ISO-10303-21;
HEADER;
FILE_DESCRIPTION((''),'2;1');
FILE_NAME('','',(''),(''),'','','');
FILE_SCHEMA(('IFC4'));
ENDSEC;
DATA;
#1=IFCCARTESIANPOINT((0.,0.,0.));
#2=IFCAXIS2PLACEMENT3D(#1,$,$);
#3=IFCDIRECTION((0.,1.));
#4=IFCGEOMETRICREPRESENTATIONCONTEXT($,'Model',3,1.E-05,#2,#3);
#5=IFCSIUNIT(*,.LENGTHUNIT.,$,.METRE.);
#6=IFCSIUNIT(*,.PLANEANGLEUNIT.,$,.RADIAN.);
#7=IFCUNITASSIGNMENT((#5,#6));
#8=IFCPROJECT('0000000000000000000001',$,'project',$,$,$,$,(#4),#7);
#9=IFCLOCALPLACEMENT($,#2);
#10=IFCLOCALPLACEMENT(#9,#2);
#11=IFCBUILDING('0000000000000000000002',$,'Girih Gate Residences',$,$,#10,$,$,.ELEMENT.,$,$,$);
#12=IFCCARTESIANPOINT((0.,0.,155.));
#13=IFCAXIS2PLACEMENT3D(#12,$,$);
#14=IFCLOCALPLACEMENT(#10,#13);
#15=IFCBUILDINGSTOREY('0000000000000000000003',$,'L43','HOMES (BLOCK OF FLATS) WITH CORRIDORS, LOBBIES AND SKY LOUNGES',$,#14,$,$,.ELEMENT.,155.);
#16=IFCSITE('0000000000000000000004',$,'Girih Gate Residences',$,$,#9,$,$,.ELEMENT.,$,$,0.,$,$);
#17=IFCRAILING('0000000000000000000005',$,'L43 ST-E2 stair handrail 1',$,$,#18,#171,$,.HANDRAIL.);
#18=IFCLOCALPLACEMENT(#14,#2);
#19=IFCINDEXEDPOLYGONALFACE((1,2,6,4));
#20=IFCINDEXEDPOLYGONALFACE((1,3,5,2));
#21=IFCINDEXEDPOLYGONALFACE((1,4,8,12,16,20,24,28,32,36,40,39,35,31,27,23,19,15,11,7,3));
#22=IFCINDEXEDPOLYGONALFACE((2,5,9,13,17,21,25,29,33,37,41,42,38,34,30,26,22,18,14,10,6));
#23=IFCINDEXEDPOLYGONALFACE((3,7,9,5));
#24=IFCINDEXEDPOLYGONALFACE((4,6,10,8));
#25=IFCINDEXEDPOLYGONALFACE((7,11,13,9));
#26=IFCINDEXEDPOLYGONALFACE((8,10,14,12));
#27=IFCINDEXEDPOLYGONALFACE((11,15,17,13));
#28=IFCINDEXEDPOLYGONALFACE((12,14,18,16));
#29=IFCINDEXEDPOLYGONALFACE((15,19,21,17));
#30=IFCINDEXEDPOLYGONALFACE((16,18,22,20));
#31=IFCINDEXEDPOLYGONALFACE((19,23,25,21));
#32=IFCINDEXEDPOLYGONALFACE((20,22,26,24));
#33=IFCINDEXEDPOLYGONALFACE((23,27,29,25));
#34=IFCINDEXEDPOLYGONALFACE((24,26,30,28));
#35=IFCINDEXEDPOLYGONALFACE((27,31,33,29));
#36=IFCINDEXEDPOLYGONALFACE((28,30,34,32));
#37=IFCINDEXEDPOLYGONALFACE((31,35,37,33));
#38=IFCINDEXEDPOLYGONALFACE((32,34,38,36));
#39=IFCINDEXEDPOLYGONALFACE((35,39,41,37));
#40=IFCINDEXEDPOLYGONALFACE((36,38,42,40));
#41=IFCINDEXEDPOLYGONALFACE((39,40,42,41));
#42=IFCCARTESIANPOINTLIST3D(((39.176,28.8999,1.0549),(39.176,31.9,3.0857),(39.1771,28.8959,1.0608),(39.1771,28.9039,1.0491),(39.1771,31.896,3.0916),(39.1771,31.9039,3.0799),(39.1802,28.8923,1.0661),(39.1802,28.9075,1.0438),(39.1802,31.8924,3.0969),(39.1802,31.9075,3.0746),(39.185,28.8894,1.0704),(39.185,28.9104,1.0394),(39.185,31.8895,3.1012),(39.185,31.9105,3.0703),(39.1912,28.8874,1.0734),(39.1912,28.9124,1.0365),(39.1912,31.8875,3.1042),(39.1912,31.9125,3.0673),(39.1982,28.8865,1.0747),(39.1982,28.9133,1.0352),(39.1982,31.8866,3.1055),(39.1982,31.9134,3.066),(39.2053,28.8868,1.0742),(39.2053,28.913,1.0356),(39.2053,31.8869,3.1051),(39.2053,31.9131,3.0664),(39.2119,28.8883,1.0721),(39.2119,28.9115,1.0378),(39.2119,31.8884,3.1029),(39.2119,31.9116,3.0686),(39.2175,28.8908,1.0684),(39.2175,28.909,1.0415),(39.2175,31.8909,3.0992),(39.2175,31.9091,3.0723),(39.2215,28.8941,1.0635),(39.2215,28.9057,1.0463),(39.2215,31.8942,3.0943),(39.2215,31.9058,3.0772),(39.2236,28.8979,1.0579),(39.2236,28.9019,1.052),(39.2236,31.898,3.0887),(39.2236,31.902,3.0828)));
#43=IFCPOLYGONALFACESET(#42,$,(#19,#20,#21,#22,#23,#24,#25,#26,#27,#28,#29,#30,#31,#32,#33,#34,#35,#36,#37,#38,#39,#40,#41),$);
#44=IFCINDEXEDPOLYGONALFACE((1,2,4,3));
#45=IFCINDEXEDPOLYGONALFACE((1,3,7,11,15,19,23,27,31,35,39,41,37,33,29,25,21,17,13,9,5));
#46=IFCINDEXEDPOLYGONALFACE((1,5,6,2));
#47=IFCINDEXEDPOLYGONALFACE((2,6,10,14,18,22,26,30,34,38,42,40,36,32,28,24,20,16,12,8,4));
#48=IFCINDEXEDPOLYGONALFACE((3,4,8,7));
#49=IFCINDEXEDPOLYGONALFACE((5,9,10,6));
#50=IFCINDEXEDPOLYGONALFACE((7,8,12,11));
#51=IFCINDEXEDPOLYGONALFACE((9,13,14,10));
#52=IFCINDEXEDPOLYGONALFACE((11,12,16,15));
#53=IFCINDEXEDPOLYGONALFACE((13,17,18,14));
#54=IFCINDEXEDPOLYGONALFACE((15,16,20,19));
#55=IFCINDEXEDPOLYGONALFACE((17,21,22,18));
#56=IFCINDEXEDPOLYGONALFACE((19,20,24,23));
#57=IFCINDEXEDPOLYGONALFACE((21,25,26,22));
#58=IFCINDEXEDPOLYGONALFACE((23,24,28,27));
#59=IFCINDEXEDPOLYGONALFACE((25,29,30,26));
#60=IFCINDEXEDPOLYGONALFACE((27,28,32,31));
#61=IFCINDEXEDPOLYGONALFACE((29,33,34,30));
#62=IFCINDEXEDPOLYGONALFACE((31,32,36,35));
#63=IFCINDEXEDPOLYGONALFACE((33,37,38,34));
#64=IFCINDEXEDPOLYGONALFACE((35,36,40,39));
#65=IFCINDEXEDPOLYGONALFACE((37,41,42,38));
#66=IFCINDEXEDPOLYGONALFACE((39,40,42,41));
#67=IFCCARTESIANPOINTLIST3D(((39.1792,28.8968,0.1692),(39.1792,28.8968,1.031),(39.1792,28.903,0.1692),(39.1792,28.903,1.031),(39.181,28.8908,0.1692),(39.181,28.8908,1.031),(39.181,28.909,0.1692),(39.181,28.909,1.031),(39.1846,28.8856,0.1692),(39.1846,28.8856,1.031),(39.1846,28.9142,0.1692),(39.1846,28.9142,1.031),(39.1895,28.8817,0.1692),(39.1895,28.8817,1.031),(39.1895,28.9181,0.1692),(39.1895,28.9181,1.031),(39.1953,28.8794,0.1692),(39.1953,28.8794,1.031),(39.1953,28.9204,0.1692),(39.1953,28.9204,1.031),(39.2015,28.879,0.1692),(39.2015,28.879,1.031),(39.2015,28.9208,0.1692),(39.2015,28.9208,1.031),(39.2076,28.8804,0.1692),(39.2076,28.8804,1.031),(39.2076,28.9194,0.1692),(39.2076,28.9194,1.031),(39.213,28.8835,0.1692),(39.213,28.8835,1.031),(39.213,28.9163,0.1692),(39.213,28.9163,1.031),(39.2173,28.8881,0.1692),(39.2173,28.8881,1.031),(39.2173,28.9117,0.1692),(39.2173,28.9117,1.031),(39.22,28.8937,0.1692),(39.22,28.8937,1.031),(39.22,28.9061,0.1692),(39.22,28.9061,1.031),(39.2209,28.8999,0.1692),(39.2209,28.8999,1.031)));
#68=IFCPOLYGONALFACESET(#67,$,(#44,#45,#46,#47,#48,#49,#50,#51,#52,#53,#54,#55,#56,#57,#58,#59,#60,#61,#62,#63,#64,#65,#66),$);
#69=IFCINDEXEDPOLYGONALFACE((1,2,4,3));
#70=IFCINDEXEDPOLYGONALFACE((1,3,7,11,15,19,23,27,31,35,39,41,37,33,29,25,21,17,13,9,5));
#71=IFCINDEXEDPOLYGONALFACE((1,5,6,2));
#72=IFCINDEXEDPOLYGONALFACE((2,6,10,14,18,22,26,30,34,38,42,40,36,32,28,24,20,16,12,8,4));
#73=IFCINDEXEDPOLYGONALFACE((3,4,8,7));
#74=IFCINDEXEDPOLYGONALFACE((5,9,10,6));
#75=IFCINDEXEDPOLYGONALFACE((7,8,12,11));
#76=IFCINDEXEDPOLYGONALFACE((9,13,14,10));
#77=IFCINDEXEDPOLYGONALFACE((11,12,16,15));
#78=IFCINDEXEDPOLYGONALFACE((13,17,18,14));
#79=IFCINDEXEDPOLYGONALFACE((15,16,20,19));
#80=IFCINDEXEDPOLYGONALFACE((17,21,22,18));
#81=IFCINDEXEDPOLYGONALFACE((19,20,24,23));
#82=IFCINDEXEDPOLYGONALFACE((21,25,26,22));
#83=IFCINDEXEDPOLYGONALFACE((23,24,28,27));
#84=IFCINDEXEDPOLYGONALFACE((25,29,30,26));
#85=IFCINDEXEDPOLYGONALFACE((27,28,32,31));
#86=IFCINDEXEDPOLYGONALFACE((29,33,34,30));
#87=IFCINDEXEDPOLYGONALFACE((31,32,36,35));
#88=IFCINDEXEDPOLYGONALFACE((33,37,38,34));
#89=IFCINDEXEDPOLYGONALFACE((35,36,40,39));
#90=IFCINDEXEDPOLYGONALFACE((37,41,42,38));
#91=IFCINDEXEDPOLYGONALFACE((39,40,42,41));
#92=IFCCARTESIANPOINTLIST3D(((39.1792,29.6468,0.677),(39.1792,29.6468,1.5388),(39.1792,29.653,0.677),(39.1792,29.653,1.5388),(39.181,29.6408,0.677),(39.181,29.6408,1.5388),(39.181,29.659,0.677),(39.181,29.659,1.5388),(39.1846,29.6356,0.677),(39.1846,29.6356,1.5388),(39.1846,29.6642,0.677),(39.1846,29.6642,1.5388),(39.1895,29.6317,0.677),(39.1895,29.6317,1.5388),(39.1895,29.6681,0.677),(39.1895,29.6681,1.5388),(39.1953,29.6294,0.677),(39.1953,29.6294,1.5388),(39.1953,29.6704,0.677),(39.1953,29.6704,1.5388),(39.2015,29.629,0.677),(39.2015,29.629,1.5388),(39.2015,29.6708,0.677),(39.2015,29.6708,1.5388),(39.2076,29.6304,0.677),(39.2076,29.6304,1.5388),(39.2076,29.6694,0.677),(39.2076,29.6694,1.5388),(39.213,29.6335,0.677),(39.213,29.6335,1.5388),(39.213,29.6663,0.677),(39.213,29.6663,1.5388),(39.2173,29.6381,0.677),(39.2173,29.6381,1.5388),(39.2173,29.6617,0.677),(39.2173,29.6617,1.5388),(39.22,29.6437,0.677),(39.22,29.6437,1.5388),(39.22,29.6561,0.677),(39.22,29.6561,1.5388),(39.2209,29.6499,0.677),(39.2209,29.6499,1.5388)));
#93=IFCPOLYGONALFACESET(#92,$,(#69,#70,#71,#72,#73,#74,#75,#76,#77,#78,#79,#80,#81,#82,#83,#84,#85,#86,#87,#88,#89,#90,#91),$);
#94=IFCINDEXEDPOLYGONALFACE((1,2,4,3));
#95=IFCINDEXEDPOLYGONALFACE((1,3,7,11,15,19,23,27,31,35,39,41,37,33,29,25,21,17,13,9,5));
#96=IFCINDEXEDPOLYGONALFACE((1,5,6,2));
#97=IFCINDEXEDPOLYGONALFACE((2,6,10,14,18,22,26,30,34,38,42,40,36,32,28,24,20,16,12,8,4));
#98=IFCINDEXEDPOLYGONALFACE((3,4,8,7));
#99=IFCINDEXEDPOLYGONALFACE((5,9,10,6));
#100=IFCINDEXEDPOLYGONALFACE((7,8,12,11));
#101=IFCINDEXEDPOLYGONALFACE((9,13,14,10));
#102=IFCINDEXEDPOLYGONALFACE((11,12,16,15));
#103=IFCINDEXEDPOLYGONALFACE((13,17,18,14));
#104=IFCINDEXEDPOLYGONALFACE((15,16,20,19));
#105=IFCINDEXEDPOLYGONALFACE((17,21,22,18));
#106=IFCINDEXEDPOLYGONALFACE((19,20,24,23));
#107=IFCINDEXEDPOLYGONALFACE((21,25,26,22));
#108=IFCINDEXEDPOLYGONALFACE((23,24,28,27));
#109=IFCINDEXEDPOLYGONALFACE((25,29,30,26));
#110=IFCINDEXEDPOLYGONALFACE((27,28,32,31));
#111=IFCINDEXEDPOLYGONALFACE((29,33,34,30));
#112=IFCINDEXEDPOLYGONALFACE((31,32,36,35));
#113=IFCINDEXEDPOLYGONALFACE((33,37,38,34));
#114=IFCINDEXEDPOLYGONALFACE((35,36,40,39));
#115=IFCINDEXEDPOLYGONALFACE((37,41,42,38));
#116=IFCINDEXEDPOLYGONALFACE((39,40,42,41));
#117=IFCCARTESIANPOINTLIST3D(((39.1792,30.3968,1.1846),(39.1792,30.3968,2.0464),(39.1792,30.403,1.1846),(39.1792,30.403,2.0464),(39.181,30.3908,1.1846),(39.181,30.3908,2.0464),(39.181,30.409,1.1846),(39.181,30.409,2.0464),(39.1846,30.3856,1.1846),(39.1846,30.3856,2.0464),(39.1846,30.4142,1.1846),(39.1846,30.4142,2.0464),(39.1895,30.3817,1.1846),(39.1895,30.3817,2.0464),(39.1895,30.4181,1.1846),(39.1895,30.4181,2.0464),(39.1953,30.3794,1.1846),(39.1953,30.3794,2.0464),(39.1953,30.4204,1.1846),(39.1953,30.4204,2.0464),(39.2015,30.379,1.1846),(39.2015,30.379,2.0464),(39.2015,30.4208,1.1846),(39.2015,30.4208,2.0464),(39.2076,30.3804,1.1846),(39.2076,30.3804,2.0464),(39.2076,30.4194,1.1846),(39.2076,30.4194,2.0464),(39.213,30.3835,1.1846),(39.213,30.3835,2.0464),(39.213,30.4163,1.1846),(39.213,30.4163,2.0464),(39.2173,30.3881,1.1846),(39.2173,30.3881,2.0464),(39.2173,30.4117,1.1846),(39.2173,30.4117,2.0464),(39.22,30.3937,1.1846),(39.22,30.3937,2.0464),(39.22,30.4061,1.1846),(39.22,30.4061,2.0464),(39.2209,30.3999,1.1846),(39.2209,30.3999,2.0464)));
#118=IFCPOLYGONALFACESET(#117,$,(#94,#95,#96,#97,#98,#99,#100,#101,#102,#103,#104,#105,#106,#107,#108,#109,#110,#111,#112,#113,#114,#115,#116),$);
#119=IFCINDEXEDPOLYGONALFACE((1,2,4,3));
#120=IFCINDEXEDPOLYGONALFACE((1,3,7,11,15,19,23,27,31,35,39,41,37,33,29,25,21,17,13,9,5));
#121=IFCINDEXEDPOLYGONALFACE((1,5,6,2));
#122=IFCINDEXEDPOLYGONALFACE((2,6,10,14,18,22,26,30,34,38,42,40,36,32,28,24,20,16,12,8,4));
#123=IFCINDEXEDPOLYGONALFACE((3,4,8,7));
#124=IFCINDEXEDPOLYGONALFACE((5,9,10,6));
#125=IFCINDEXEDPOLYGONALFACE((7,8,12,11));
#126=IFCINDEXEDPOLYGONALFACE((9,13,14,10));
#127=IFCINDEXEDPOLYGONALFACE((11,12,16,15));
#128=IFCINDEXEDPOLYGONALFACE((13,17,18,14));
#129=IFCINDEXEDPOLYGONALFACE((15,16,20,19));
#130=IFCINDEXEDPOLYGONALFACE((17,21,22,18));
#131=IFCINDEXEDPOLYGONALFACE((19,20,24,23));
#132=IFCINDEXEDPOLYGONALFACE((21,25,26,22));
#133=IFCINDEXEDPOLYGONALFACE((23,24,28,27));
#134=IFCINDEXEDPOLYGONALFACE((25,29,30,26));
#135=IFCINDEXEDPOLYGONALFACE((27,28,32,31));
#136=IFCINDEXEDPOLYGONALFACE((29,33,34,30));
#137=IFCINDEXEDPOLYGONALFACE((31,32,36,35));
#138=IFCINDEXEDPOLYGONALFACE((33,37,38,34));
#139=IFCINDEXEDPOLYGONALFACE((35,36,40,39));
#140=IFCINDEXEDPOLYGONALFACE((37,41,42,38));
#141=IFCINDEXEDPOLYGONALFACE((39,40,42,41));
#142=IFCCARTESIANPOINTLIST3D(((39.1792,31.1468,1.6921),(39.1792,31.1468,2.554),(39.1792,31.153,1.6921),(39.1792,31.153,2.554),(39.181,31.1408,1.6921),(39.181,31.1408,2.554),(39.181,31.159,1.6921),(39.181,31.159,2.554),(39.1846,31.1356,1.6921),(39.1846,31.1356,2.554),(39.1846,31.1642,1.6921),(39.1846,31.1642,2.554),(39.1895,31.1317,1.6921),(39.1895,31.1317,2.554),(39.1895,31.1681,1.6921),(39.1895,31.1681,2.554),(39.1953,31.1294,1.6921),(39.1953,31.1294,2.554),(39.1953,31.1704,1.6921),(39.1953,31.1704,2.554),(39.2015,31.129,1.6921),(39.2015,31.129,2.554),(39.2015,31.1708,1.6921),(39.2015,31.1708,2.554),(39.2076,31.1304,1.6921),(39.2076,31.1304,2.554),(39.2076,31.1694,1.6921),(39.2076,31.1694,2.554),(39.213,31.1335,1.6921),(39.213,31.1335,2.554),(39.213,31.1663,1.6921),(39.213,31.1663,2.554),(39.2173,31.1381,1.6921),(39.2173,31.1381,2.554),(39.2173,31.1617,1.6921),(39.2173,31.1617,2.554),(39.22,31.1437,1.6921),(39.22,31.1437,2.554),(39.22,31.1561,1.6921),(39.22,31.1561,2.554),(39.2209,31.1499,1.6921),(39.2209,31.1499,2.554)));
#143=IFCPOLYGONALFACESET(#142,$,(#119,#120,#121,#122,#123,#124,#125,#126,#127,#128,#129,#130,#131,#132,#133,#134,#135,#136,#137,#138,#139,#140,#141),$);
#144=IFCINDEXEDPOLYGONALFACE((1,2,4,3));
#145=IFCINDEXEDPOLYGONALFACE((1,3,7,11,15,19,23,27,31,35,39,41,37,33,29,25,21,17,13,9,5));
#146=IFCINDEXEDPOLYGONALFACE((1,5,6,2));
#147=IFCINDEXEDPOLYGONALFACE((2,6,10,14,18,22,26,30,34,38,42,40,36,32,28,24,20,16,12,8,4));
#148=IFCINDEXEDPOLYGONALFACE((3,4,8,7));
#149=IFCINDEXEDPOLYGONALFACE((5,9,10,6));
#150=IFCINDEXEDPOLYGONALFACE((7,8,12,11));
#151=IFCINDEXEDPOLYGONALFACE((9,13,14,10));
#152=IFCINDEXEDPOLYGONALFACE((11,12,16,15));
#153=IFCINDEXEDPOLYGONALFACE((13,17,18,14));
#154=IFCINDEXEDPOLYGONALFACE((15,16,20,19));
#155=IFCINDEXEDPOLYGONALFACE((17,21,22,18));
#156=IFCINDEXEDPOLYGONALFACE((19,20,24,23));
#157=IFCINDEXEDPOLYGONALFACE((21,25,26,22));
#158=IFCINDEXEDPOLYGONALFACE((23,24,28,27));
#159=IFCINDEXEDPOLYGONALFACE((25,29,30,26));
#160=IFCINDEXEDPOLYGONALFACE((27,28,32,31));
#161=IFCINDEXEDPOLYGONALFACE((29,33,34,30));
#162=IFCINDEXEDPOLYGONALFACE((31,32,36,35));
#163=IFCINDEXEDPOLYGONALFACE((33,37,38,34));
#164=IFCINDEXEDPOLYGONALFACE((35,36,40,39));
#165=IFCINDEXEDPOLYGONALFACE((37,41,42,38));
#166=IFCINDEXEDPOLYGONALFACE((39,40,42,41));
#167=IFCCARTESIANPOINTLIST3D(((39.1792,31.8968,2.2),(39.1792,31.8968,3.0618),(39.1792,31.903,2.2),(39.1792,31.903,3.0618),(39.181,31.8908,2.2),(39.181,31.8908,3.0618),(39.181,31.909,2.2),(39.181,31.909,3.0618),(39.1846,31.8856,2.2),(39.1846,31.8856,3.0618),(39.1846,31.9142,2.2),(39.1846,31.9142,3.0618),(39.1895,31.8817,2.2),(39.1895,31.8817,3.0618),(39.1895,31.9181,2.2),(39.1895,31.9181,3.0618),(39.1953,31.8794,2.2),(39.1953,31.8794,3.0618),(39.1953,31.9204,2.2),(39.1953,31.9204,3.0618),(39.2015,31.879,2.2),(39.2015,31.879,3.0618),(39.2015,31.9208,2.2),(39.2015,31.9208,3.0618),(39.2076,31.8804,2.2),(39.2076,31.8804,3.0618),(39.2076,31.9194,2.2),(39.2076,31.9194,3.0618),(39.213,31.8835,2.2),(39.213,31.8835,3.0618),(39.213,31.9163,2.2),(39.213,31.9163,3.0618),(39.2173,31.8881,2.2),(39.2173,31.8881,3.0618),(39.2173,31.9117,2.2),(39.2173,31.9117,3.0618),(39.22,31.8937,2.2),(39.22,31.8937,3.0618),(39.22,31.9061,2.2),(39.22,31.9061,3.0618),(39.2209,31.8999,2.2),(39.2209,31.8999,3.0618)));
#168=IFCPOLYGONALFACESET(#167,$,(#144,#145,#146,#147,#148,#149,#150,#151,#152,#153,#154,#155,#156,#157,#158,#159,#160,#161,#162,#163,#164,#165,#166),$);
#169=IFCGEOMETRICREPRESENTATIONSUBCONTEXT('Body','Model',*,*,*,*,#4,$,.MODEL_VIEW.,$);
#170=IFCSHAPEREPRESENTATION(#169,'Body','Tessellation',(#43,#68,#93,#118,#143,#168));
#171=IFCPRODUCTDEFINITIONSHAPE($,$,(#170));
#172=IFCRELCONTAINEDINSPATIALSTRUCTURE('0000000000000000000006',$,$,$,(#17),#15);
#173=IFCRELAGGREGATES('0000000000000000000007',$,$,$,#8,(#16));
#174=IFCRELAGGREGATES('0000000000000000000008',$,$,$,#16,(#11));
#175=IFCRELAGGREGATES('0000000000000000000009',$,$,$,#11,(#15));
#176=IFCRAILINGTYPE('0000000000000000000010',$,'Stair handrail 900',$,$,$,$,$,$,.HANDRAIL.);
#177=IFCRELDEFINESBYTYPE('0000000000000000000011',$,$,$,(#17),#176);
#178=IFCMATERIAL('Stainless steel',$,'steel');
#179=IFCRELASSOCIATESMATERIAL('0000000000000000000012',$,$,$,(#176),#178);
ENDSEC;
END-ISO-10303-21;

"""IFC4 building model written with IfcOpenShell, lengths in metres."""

from ifc_helpers import new_model, si_unit, direction, frame, origin, origin_2d, place, context, subcontext, project, spatial, circle, extrude, material, type_object, element, save


model = new_model("IFC4")

# Units and contexts
model_context = context("Model", 3, precision=1e-05, world=origin(), true_north=direction((0.0, 1.0)))
body_context = subcontext(model_context, "Body", "Model", "MODEL_VIEW")
ifc_project = project(units=[si_unit("LENGTHUNIT", "METRE"), si_unit("PLANEANGLEUNIT", "RADIAN")], contexts=[model_context])

# Site, building, storey
site_placement = place(None, origin())
site = spatial("IfcSite", under=ifc_project, at=site_placement, Name="Girih Gate Residences", CompositionType="ELEMENT", RefElevation=0.0)
building_placement = place(site_placement, origin())
building = spatial("IfcBuilding", under=site, at=building_placement, Name="Girih Gate Residences", CompositionType="ELEMENT")
storey_placement = place(building_placement, frame((0.0, 0.0, 155.0)))
storey = spatial("IfcBuildingStorey", under=building, at=storey_placement, Name="L43", Description="HOMES (BLOCK OF FLATS) WITH CORRIDORS, LOBBIES AND SKY LOUNGES", CompositionType="ELEMENT", Elevation=155.0)

# Railing
ifc_material_1 = material(Name="Stainless steel", Category="steel")
railing_type_1 = type_object("IfcRailingType", Name="Stair handrail 900", PredefinedType="HANDRAIL", material=ifc_material_1)
railing_1_placement = place(storey_placement, frame((39.2, 28.8999, 0.1692)))
element("IfcRailing", 1, at=railing_1_placement, inside=storey, type_object=railing_type_1, Name="L43 ST-E2 stair handrail 1", PredefinedType="HANDRAIL", context=body_context, shape_type="SweptSolid", body=[
    extrude(circle(Radius=0.0239, at=origin_2d()), frame((0.0, 0.0, 0.8857), z_axis=(0.0, 0.82811, 0.560565), x_axis=(-1.0, 0.0, 0.0)), (0.0, 0.0, 1.0), 3.6228),
    extrude(circle(Radius=0.021, at=origin_2d()), origin(), (0.0, 0.0, 1.0), 0.8618),
    extrude(circle(Radius=0.021, at=origin_2d()), frame((0.0, 0.75, 0.5078)), (0.0, 0.0, 1.0), 0.8618),
    extrude(circle(Radius=0.021, at=origin_2d()), frame((0.0, 1.5, 1.0154)), (0.0, 0.0, 1.0), 0.8618),
    extrude(circle(Radius=0.021, at=origin_2d()), frame((0.0, 2.25, 1.5229)), (0.0, 0.0, 1.0), 0.8618),
    extrude(circle(Radius=0.021, at=origin_2d()), frame((0.0, 3.0, 2.0308)), (0.0, 0.0, 1.0), 0.8618),
])

save(model, "model.ifc")
